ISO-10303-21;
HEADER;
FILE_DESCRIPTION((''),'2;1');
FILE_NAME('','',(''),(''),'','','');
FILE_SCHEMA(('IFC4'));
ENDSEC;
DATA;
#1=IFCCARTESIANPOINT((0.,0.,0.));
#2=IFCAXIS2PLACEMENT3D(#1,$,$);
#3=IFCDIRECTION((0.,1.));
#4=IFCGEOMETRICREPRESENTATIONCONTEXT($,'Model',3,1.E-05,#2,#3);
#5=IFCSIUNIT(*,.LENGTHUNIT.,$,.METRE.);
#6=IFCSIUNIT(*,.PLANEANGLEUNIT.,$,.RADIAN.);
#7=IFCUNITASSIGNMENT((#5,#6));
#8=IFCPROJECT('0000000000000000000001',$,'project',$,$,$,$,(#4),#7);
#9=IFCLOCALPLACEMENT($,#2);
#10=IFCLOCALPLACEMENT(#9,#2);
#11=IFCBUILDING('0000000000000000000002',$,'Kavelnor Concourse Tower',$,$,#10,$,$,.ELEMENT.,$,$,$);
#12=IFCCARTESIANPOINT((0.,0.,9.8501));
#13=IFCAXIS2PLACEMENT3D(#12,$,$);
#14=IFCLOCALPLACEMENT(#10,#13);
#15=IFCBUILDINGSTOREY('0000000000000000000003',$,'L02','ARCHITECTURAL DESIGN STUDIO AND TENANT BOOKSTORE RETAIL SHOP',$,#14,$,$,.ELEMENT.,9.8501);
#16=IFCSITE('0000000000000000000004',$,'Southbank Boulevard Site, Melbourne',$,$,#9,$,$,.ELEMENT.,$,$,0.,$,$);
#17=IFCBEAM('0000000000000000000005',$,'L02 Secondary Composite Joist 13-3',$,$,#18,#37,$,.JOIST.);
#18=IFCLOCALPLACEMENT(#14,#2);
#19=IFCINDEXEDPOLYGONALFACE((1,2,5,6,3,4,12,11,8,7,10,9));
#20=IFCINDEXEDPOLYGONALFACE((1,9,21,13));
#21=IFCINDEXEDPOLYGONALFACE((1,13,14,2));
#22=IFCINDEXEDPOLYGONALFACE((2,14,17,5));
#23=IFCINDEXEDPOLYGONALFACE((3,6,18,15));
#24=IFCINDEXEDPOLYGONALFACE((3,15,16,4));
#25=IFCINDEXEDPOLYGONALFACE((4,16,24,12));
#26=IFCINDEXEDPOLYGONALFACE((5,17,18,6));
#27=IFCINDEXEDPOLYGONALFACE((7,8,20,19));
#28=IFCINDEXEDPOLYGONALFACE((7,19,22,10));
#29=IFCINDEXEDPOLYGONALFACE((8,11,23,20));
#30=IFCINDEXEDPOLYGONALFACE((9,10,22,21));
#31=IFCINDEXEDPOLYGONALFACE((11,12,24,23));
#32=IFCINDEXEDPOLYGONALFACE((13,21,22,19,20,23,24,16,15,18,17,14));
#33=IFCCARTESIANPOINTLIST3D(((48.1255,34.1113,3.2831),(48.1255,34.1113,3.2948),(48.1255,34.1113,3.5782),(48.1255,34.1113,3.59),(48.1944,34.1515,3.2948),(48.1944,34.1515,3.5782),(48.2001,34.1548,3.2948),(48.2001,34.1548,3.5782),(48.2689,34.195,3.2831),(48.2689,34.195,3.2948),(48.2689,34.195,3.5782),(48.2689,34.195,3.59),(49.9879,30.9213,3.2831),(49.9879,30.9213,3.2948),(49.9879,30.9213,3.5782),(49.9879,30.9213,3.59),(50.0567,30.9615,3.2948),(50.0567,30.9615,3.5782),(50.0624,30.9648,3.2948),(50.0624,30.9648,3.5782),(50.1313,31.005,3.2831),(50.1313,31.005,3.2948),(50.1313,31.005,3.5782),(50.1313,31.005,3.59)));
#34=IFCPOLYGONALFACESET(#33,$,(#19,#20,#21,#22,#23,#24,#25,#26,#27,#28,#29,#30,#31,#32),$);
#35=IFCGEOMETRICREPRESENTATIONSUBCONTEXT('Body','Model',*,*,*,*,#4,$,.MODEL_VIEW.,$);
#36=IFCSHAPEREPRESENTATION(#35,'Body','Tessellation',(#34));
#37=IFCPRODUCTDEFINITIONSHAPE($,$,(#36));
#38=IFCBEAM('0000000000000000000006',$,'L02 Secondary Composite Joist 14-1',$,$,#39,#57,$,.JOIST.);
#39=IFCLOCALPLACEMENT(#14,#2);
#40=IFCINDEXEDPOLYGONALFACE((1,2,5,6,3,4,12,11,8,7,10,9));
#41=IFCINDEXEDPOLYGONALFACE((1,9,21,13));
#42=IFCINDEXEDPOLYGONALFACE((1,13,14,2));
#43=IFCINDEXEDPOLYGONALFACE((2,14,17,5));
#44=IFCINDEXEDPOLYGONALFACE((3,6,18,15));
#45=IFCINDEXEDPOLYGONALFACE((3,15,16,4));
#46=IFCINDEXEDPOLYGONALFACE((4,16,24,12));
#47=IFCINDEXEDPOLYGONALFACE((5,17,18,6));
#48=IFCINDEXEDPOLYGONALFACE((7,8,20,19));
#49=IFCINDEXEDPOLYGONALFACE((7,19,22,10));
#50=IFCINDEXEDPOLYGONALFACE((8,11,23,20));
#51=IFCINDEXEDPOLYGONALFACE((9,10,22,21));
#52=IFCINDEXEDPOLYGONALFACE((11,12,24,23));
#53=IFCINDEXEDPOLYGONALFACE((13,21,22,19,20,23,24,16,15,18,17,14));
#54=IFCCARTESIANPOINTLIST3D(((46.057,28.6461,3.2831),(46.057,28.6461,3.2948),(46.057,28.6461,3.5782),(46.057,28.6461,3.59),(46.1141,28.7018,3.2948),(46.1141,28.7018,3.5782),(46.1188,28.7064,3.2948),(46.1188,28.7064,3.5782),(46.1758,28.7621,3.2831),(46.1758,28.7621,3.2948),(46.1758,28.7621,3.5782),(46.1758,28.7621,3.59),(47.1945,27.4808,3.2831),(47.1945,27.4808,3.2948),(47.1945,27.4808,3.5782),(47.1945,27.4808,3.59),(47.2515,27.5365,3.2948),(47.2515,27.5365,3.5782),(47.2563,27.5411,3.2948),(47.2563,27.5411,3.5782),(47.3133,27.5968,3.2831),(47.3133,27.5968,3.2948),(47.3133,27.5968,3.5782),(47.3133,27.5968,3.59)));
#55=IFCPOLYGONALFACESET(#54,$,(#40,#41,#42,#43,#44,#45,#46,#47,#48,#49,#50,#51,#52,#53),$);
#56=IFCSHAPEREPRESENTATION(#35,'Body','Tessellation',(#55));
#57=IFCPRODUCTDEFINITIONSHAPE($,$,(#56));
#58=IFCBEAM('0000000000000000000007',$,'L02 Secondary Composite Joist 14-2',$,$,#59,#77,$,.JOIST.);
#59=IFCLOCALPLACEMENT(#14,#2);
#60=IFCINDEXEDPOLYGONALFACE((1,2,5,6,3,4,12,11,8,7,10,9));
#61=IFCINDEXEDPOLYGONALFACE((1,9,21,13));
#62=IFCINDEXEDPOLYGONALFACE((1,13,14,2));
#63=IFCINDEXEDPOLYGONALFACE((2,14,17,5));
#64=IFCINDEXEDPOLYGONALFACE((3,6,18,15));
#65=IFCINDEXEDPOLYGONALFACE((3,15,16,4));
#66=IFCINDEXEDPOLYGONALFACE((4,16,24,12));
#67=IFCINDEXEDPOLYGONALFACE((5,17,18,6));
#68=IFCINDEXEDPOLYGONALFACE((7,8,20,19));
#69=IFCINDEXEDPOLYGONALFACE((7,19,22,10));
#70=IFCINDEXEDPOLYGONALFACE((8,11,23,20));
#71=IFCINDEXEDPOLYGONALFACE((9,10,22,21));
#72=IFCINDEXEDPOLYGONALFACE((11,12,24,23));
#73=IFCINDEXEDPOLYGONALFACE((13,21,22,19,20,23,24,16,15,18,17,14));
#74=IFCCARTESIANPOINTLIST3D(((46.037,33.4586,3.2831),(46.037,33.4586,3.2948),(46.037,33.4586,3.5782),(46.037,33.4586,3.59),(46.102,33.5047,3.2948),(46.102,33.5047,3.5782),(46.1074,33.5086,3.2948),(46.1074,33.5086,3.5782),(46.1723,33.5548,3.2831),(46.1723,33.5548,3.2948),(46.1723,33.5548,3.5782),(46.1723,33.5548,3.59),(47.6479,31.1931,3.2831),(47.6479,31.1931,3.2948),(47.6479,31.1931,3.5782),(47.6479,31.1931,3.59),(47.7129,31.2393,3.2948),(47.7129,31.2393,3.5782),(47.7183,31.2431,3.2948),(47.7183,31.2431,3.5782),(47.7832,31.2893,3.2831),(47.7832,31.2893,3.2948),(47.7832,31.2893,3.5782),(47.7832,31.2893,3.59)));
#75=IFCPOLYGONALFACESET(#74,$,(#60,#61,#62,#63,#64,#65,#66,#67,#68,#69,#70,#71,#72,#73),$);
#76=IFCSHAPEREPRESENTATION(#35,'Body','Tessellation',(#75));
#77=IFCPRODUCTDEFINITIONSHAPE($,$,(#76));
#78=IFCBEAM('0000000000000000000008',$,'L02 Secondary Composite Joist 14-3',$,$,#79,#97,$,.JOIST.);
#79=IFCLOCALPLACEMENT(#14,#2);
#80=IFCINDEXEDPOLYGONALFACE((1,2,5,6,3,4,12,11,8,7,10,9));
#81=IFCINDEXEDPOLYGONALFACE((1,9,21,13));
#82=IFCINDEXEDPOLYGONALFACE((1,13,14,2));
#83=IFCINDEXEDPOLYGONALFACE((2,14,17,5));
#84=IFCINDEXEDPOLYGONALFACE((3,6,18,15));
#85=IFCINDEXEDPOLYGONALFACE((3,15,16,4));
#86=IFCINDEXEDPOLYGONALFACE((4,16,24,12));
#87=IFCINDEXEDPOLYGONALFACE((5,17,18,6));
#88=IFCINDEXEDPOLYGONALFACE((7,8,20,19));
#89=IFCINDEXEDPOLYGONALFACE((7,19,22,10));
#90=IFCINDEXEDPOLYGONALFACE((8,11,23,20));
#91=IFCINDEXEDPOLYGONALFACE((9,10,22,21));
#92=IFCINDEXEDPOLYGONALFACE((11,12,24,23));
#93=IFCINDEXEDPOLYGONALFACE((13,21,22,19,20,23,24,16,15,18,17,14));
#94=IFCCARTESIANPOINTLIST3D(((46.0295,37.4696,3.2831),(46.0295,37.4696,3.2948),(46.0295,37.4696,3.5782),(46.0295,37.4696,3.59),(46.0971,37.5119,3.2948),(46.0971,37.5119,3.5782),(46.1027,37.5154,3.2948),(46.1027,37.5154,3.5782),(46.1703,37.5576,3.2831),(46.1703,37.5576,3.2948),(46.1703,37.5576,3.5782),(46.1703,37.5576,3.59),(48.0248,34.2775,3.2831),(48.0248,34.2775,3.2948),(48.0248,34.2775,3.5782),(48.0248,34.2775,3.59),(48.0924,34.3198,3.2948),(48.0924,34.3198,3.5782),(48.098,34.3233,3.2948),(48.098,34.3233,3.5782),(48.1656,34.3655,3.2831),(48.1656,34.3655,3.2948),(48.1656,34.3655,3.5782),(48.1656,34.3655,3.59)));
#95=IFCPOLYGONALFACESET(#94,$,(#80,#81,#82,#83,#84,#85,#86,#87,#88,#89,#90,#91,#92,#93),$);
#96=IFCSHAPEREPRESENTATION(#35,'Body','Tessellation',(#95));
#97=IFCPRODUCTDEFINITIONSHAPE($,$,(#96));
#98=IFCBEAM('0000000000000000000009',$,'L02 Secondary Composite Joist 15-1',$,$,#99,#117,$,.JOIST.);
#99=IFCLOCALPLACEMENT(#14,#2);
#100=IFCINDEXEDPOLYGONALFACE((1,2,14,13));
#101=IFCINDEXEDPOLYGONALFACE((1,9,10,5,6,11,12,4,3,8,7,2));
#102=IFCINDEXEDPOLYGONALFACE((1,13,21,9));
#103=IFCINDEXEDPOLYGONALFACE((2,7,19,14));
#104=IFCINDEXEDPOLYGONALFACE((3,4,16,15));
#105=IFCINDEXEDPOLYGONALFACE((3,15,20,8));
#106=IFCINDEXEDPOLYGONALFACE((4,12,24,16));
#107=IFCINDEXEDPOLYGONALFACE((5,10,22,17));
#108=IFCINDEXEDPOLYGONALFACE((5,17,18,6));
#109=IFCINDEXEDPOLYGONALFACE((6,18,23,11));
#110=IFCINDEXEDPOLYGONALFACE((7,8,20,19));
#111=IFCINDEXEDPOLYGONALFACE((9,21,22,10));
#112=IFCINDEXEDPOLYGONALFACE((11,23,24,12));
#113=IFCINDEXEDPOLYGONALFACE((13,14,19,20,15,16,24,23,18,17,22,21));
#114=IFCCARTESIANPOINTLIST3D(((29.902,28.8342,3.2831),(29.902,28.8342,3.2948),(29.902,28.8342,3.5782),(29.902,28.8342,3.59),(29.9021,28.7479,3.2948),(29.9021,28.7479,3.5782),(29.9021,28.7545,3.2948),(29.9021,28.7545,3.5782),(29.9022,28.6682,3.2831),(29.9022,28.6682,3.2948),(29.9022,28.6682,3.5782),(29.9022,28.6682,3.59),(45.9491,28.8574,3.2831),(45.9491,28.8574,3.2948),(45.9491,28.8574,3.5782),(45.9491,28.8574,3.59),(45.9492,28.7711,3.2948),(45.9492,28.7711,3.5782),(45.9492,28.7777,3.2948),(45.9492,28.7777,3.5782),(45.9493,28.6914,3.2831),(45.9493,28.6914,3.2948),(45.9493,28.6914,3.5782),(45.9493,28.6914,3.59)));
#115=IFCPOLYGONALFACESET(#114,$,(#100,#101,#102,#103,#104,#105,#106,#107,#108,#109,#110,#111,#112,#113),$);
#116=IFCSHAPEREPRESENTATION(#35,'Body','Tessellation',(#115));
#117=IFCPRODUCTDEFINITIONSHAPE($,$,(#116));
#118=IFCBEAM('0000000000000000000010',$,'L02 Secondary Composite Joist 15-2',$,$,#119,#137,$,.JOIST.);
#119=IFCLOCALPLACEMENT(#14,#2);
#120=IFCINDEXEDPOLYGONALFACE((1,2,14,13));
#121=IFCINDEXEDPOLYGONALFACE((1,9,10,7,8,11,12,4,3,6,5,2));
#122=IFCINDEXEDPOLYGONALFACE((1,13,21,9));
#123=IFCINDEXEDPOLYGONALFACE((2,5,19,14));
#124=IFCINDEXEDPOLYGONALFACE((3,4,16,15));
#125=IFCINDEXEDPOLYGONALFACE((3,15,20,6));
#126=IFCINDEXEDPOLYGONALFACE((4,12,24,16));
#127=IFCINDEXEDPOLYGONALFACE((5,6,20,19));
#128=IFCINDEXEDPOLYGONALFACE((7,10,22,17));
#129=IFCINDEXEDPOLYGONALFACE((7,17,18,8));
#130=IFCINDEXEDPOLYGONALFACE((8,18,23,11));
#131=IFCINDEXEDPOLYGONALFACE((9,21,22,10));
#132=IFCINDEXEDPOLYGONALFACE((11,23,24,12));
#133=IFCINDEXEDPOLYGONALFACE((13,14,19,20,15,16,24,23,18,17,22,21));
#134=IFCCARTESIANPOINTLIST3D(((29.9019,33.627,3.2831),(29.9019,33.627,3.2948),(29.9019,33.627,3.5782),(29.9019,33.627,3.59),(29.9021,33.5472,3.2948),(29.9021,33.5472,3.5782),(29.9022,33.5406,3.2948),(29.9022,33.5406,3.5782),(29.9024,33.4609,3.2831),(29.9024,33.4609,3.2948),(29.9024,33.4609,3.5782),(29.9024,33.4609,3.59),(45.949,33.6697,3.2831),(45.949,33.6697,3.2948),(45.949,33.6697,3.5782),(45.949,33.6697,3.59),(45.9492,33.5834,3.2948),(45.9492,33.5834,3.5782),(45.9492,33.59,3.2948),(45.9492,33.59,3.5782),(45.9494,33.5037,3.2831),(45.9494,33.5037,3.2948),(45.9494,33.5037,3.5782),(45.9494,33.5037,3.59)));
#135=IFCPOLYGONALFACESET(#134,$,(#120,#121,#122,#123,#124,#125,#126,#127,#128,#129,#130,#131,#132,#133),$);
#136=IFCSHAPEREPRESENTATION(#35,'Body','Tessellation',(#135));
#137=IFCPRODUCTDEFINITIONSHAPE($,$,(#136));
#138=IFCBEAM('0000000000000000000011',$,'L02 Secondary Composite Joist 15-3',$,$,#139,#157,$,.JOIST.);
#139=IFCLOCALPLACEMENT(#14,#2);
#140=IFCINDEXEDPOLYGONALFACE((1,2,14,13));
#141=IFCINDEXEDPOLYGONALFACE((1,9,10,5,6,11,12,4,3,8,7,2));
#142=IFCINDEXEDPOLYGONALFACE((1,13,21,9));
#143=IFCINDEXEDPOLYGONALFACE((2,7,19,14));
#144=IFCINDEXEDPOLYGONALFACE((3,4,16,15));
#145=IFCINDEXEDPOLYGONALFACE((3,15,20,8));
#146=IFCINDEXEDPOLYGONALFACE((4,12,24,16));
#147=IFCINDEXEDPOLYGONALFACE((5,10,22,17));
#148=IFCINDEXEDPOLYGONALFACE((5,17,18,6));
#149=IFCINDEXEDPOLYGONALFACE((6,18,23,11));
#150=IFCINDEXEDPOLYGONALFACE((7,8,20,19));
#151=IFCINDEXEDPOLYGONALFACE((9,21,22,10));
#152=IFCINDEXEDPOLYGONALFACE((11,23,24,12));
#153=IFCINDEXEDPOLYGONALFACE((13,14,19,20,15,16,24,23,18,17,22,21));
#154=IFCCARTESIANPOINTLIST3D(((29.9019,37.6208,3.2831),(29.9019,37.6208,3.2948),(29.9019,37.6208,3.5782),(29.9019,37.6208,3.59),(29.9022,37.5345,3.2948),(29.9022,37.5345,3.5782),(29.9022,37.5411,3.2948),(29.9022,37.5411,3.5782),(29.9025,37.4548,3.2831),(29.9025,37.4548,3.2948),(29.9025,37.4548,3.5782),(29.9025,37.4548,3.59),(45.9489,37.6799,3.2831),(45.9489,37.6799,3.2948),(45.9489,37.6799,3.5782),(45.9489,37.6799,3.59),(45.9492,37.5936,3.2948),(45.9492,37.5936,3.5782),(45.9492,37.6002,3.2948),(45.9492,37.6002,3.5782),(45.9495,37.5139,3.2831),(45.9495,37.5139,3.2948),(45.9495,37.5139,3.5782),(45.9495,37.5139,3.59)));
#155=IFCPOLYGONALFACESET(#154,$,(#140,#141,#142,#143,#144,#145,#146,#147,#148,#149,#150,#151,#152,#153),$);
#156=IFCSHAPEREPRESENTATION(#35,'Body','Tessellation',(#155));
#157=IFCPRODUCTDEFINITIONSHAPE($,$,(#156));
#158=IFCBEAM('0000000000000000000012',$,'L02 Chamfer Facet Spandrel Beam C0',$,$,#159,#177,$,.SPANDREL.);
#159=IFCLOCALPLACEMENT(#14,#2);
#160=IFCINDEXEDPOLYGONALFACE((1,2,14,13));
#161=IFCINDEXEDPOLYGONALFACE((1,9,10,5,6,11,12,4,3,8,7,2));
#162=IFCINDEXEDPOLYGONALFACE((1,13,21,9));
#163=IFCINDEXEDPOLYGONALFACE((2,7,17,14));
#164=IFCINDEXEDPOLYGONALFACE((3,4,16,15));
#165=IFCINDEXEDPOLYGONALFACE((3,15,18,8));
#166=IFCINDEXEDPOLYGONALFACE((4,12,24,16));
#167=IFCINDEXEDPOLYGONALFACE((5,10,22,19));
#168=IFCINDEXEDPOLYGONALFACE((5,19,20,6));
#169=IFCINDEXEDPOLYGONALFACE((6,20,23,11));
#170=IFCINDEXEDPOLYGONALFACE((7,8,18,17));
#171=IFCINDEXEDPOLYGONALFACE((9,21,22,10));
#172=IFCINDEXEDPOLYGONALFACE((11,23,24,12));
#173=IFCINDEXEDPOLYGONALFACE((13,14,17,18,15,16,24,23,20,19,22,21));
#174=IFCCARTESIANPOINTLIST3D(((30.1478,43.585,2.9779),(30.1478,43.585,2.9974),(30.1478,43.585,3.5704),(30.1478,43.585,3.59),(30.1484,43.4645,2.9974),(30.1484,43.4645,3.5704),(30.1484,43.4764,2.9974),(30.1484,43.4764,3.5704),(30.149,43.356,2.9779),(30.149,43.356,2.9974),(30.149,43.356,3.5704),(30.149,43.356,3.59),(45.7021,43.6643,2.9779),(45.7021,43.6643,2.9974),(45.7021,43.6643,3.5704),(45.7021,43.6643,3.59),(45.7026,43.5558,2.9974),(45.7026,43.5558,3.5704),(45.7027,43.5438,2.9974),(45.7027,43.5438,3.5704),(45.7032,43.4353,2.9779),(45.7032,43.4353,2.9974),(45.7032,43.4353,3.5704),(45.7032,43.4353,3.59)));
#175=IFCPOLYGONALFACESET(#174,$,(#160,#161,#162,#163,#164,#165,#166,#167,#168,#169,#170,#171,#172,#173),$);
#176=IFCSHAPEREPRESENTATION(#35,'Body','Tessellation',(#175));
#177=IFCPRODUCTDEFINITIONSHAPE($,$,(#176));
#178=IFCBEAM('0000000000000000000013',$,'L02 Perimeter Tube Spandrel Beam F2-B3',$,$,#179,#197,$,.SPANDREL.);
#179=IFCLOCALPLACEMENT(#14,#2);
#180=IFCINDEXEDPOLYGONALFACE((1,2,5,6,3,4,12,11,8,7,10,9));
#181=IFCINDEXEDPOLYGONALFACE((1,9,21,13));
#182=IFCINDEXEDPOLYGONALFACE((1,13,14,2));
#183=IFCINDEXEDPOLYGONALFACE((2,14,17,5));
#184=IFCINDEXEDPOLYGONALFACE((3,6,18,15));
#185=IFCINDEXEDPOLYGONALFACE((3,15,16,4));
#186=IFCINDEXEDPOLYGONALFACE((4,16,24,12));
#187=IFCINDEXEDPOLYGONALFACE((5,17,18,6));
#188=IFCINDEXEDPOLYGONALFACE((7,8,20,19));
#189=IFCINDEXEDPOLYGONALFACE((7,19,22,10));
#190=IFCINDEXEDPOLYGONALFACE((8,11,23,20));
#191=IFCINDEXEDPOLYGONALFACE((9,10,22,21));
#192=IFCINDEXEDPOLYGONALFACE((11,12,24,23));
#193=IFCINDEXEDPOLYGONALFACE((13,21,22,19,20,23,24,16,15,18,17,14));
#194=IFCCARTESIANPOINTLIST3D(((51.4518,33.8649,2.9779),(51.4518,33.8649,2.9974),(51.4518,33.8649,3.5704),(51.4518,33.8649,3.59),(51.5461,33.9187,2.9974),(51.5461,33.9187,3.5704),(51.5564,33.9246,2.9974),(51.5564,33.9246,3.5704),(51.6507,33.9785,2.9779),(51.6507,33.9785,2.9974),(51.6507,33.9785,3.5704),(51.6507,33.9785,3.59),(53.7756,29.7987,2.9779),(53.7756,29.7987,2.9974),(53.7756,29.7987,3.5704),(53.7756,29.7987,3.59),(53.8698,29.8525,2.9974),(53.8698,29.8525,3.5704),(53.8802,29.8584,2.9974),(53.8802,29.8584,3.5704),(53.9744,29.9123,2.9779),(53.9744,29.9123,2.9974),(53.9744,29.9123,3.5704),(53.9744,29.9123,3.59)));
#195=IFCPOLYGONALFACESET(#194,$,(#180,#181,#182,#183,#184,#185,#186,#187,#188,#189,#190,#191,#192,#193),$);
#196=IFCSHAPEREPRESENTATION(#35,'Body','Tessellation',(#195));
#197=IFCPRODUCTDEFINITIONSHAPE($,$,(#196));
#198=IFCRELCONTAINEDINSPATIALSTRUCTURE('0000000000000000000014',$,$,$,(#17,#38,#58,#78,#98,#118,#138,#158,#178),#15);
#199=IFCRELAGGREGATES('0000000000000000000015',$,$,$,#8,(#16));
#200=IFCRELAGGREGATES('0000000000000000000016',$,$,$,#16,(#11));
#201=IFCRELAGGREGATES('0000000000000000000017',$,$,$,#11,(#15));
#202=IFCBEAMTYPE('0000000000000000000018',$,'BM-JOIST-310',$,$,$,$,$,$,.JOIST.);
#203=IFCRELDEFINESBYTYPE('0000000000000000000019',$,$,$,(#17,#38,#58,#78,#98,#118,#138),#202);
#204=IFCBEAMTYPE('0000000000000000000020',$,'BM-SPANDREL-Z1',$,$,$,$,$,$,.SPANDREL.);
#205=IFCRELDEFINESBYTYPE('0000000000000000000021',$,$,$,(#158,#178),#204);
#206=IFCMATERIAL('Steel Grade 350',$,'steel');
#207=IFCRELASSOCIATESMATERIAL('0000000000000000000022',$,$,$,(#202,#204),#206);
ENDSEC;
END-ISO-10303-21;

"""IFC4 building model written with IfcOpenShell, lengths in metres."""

from ifc_helpers import new_model, si_unit, direction, frame, origin, origin_2d, place, context, subcontext, project, spatial, i_section, extrude, material, material_profile, profile_set, type_object, element, save


model = new_model("IFC4")

# Units and contexts
model_context = context("Model", 3, precision=1e-05, world=origin(), true_north=direction((0.0, 1.0)))
body_context = subcontext(model_context, "Body", "Model", "MODEL_VIEW")
ifc_project = project(units=[si_unit("LENGTHUNIT", "METRE"), si_unit("PLANEANGLEUNIT", "RADIAN")], contexts=[model_context])

# Site, building, storey
site_placement = place(None, origin())
site = spatial("IfcSite", under=ifc_project, at=site_placement, Name="Southbank Boulevard Site, Melbourne", CompositionType="ELEMENT", RefElevation=0.0)
building_placement = place(site_placement, origin())
building = spatial("IfcBuilding", under=site, at=building_placement, Name="Kavelnor Concourse Tower", CompositionType="ELEMENT")
storey_placement = place(building_placement, frame((0.0, 0.0, 9.8501)))
storey = spatial("IfcBuildingStorey", under=building, at=storey_placement, Name="L02", Description="ARCHITECTURAL DESIGN STUDIO AND TENANT BOOKSTORE RETAIL SHOP", CompositionType="ELEMENT", Elevation=9.8501)

# Shared definitions
ifc_material_1 = material(Name="Steel Grade 350", Category="steel")

# Beams
ifc_material_profile_1 = material_profile(ifc_material_1, i_section(OverallWidth=0.166, OverallDepth=0.3069, WebThickness=0.0066, FlangeThickness=0.0117, at=origin_2d()), Name="310UB46")
ifc_profile_set_1 = profile_set([ifc_material_profile_1], Name="Steel Grade 350")
beam_type_1 = type_object("IfcBeamType", Name="BM-JOIST-310", PredefinedType="JOIST", material=ifc_profile_set_1)
beam_1_placement = place(storey_placement, frame((50.0596, 30.9631, 3.4365), z_axis=(-0.504175, 0.863601, 0.0), x_axis=(-0.863601, -0.504175, 0.0)))
element("IfcBeam", 1, at=beam_1_placement, inside=storey, type_object=beam_type_1, Name="L02 Secondary Composite Joist 13-3", PredefinedType="JOIST", context=body_context, shape_type="SweptSolid", body=[
    extrude(i_section(OverallWidth=0.166, OverallDepth=0.3069, WebThickness=0.0066, FlangeThickness=0.0117, at=origin_2d()), origin(), (0.0, 0.0, 1.0), 3.6938),
])
beam_2_placement = place(storey_placement, frame((47.2539, 27.5388, 3.4365), z_axis=(-0.698509, 0.715601, 0.0), x_axis=(-0.715601, -0.698509, 0.0)))
element("IfcBeam", 2, at=beam_2_placement, inside=storey, type_object=beam_type_1, Name="L02 Secondary Composite Joist 14-1", PredefinedType="JOIST", context=body_context, shape_type="SweptSolid", body=[
    extrude(i_section(OverallWidth=0.166, OverallDepth=0.3069, WebThickness=0.0066, FlangeThickness=0.0117, at=origin_2d()), origin(), (0.0, 0.0, 1.0), 1.6284),
])
beam_3_placement = place(storey_placement, frame((47.7156, 31.2412, 3.4365), z_axis=(-0.5795, 0.814972, 0.0), x_axis=(-0.814972, -0.5795, 0.0)))
element("IfcBeam", 3, at=beam_3_placement, inside=storey, type_object=beam_type_1, Name="L02 Secondary Composite Joist 14-2", PredefinedType="JOIST", context=body_context, shape_type="SweptSolid", body=[
    extrude(i_section(OverallWidth=0.166, OverallDepth=0.3069, WebThickness=0.0066, FlangeThickness=0.0117, at=origin_2d()), origin(), (0.0, 0.0, 1.0), 2.7798),
])
beam_4_placement = place(storey_placement, frame((48.0952, 34.3215, 3.4365), z_axis=(-0.530051, 0.847966, 0.0), x_axis=(-0.847966, -0.530051, 0.0)))
element("IfcBeam", 4, at=beam_4_placement, inside=storey, type_object=beam_type_1, Name="L02 Secondary Composite Joist 14-3", PredefinedType="JOIST", context=body_context, shape_type="SweptSolid", body=[
    extrude(i_section(OverallWidth=0.166, OverallDepth=0.3069, WebThickness=0.0066, FlangeThickness=0.0117, at=origin_2d()), origin(), (0.0, 0.0, 1.0), 3.7644),
])
for number, where, z_axis, x_axis, name in (
    (5, (45.9492, 28.7744, 3.4365), (-0.999999, -0.001445, 0.0), (0.001445, -0.999999, 0.0), "L02 Secondary Composite Joist 15-1"),
    (6, (45.9492, 33.5867, 3.4365), (-0.999996, -0.002662, 0.0), (0.002662, -0.999996, 0.0), "L02 Secondary Composite Joist 15-2"),
    (7, (45.9492, 37.5969, 3.4365), (-0.999993, -0.003682, 0.0), (0.003682, -0.999993, 0.0), "L02 Secondary Composite Joist 15-3"),
):
    element("IfcBeam", number, at=place(storey_placement, frame(where, z_axis=z_axis, x_axis=x_axis)), inside=storey, type_object=beam_type_1, Name=name, PredefinedType="JOIST", context=body_context, shape_type="SweptSolid", body=[
        extrude(i_section(OverallWidth=0.166, OverallDepth=0.3069, WebThickness=0.0066, FlangeThickness=0.0117, at=origin_2d()), origin(), (0.0, 0.0, 1.0), 16.0471),
    ])
ifc_material_profile_2 = material_profile(ifc_material_1, i_section(OverallWidth=0.229, OverallDepth=0.6121, WebThickness=0.012, FlangeThickness=0.0195, at=origin_2d()), Name="610UB125")
ifc_profile_set_2 = profile_set([ifc_material_profile_2], Name="Steel Grade 350")
beam_type_2 = type_object("IfcBeamType", Name="BM-SPANDREL-Z1", PredefinedType="SPANDREL", material=ifc_profile_set_2)
beam_5_placement = place(storey_placement, frame((45.7026, 43.5498, 3.2839), z_axis=(-0.999987, -0.005101, 0.0), x_axis=(0.005101, -0.999987, 0.0)))
element("IfcBeam", 8, at=beam_5_placement, inside=storey, type_object=beam_type_2, Name="L02 Chamfer Facet Spandrel Beam C0", PredefinedType="SPANDREL", context=body_context, shape_type="SweptSolid", body=[
    extrude(i_section(OverallWidth=0.229, OverallDepth=0.6121, WebThickness=0.012, FlangeThickness=0.0195, at=origin_2d()), origin(), (0.0, 0.0, 1.0), 15.5544),
])
for number, where, z_axis, x_axis, name in (
    (9, (53.875, 29.8555, 3.2839), (-0.496173, 0.868224, 0.0), (-0.868224, -0.496173, 0.0), "L02 Perimeter Tube Spandrel Beam F2-B3"),
):
    element("IfcBeam", number, at=place(storey_placement, frame(where, z_axis=z_axis, x_axis=x_axis)), inside=storey, type_object=beam_type_2, Name=name, PredefinedType="SPANDREL", context=body_context, shape_type="SweptSolid", body=[
        extrude(i_section(OverallWidth=0.229, OverallDepth=0.6121, WebThickness=0.012, FlangeThickness=0.0195, at=origin_2d()), origin(), (0.0, 0.0, 1.0), 4.6833),
    ])

save(model, "model.ifc")
